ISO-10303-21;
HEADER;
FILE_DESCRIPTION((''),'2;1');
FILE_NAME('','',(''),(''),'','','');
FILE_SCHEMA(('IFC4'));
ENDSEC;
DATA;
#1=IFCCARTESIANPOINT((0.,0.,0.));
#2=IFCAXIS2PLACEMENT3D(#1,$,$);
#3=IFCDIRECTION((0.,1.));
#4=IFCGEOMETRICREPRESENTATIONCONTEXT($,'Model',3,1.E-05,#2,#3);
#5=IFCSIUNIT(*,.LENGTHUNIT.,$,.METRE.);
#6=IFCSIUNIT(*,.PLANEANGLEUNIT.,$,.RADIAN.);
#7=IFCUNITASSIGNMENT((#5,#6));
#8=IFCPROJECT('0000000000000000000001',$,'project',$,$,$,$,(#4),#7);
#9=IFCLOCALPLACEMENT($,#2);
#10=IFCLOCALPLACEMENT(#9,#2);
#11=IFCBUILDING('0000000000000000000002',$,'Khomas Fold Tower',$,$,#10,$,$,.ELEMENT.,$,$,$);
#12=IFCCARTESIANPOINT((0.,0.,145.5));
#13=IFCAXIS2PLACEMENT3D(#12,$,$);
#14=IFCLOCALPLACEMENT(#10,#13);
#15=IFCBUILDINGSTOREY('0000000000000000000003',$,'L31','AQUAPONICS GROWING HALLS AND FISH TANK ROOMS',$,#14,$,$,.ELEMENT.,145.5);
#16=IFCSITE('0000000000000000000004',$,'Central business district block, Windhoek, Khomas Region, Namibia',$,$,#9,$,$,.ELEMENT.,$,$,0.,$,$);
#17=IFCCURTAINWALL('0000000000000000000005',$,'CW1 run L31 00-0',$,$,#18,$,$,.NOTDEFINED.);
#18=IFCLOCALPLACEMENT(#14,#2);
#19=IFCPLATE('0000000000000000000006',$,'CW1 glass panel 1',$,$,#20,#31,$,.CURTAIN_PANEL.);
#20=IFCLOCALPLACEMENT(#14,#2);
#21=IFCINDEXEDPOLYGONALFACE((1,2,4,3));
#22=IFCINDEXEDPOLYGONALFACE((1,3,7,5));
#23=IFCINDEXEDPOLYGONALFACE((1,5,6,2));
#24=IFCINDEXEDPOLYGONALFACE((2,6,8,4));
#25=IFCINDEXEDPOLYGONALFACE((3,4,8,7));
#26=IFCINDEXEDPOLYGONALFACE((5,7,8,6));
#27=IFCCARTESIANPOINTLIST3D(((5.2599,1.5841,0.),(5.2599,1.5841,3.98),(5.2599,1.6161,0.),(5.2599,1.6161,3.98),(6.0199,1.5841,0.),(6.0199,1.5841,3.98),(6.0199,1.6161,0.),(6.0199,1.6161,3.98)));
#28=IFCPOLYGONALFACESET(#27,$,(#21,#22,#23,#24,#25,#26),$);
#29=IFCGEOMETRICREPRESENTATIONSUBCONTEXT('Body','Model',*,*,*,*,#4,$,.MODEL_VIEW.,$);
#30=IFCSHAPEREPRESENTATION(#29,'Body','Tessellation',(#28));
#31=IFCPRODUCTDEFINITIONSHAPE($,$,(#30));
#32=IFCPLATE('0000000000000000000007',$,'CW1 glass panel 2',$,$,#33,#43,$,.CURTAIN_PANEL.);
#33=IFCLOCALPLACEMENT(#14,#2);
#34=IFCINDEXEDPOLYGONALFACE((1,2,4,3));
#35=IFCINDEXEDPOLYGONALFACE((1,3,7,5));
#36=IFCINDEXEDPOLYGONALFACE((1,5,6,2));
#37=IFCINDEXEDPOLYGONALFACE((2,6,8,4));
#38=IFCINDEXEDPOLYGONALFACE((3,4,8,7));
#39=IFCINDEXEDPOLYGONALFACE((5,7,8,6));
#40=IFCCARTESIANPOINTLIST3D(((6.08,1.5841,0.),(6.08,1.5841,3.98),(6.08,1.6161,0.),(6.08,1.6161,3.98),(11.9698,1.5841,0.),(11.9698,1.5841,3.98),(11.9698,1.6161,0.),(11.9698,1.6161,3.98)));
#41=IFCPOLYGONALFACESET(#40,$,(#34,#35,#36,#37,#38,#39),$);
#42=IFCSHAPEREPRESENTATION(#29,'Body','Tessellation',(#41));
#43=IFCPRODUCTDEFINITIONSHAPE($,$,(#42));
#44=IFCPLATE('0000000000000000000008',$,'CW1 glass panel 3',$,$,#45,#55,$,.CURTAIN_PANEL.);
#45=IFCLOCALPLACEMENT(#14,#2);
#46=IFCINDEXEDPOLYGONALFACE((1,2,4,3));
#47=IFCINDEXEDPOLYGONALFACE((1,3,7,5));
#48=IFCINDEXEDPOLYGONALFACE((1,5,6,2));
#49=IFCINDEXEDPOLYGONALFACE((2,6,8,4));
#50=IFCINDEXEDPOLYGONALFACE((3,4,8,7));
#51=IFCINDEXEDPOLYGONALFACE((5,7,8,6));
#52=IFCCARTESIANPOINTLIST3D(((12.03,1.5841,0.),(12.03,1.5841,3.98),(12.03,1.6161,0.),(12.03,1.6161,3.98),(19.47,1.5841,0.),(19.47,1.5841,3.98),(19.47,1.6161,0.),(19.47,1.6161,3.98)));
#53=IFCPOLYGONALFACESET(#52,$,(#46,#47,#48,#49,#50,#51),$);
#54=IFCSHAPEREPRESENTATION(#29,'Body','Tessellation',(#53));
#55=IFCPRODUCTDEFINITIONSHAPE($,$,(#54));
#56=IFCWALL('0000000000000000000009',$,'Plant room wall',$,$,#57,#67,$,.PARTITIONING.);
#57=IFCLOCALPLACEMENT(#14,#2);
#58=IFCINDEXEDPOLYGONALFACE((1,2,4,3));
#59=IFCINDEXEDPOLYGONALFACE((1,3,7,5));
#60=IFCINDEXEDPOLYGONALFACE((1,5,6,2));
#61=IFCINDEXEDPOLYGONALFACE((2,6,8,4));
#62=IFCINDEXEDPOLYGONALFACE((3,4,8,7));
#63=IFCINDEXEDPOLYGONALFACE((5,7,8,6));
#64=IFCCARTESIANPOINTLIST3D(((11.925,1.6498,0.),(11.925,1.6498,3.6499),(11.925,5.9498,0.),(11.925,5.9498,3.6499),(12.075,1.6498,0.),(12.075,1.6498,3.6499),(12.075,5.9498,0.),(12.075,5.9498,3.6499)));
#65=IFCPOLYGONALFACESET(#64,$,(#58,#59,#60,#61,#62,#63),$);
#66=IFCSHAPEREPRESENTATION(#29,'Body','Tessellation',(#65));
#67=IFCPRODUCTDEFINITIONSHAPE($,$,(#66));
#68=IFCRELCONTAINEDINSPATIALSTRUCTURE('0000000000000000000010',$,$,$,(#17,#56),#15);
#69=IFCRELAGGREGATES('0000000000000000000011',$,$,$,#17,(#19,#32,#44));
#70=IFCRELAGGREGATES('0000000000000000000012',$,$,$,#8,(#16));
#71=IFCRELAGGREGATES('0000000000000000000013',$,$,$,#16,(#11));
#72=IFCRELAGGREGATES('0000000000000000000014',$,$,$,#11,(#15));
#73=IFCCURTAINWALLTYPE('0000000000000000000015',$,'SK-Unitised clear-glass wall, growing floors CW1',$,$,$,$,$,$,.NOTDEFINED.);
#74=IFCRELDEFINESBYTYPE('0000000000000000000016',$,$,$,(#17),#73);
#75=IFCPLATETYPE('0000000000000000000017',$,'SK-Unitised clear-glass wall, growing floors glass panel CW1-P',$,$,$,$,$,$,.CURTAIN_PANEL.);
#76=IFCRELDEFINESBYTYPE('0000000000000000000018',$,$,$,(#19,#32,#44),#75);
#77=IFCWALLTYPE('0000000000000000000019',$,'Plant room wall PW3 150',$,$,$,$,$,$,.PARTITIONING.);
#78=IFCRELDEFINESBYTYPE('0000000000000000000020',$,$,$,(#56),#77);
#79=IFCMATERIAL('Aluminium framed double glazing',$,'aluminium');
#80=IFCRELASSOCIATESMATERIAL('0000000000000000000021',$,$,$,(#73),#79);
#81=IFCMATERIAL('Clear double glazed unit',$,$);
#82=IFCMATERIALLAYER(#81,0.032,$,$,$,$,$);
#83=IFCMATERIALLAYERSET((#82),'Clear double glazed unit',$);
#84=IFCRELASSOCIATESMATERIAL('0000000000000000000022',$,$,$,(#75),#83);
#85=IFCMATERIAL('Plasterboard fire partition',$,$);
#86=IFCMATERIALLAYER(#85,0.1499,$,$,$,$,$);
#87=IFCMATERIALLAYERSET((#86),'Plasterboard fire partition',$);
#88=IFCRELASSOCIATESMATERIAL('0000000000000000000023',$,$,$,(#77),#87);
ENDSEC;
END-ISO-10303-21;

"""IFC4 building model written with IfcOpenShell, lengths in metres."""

from ifc_helpers import new_model, si_unit, direction, frame, frame_2d, origin, origin_2d, place, context, subcontext, project, spatial, rectangle, extrude, source, transform, mapped, material, layer, layer_set, type_object, element, aggregate, save


model = new_model("IFC4")

# Units and contexts
model_context = context("Model", 3, precision=1e-05, world=origin(), true_north=direction((0.0, 1.0)))
body_context = subcontext(model_context, "Body", "Model", "MODEL_VIEW")
ifc_project = project(units=[si_unit("LENGTHUNIT", "METRE"), si_unit("PLANEANGLEUNIT", "RADIAN")], contexts=[model_context])

# Site, building, storey
site_placement = place(None, origin())
site = spatial("IfcSite", under=ifc_project, at=site_placement, Name="Central business district block, Windhoek, Khomas Region, Namibia", CompositionType="ELEMENT", RefElevation=0.0)
building_placement = place(site_placement, origin())
building = spatial("IfcBuilding", under=site, at=building_placement, Name="Khomas Fold Tower", CompositionType="ELEMENT")
storey_placement = place(building_placement, frame((0.0, 0.0, 145.5)))
storey = spatial("IfcBuildingStorey", under=building, at=storey_placement, Name="L31", Description="AQUAPONICS GROWING HALLS AND FISH TANK ROOMS", CompositionType="ELEMENT", Elevation=145.5)

# Curtain wall
ifc_material_1 = material(Name="Aluminium framed double glazing", Category="aluminium")
curtain_wall_type = type_object("IfcCurtainWallType", Name="SK-Unitised clear-glass wall, growing floors CW1", PredefinedType="NOTDEFINED", material=ifc_material_1)
curtain_wall_1_placement = place(storey_placement, origin())
curtain_wall_1 = element("IfcCurtainWall", 1, at=curtain_wall_1_placement, inside=storey, type_object=curtain_wall_type, Name="CW1 run L31 00-0", PredefinedType="NOTDEFINED")

# Plates
ifc_material_2 = material(Name="Clear double glazed unit")
ifc_layer_1 = layer(ifc_material_2, 0.032)
ifc_layer_set_1 = layer_set([ifc_layer_1], Name="Clear double glazed unit")
plate_type = type_object("IfcPlateType", Name="SK-Unitised clear-glass wall, growing floors glass panel CW1-P", PredefinedType="CURTAIN_PANEL", material=ifc_layer_set_1)
shared_shape_1 = source(origin(), body_context, "Body", "SweptSolid", [
    extrude(rectangle(XDim=0.76, YDim=0.032, at=origin_2d()), origin(), (0.0, 0.0, 1.0), 3.98),
])
plate_1_placement = place(storey_placement, frame((5.6399, 1.6001, 0.0), z_axis=(0.0, 0.0, 1.0), x_axis=(1.0, 0.0, 0.0)))
plate_1 = element("IfcPlate", 2, at=plate_1_placement, type_object=plate_type, Name="CW1 glass panel 1", PredefinedType="CURTAIN_PANEL", context=body_context, shape_type="MappedRepresentation", body=[
    mapped(shared_shape_1, transform((0.0, 0.0, 0.0))),
])
shared_shape_2 = source(origin(), body_context, "Body", "SweptSolid", [
    extrude(rectangle(XDim=5.8899, YDim=0.032, at=origin_2d()), origin(), (0.0, 0.0, 1.0), 3.98),
])
plate_2_placement = place(storey_placement, frame((9.0249, 1.6001, 0.0), z_axis=(0.0, 0.0, 1.0), x_axis=(1.0, 0.0, 0.0)))
plate_2 = element("IfcPlate", 3, at=plate_2_placement, type_object=plate_type, Name="CW1 glass panel 2", PredefinedType="CURTAIN_PANEL", context=body_context, shape_type="MappedRepresentation", body=[
    mapped(shared_shape_2, transform((0.0, 0.0, 0.0))),
])
shared_shape_3 = source(origin(), body_context, "Body", "SweptSolid", [
    extrude(rectangle(XDim=7.4399, YDim=0.032, at=origin_2d()), origin(), (0.0, 0.0, 1.0), 3.98),
])
plate_3_placement = place(storey_placement, frame((15.75, 1.6001, 0.0), z_axis=(0.0, 0.0, 1.0), x_axis=(1.0, 0.0, 0.0)))
plate_3 = element("IfcPlate", 4, at=plate_3_placement, type_object=plate_type, Name="CW1 glass panel 3", PredefinedType="CURTAIN_PANEL", context=body_context, shape_type="MappedRepresentation", body=[
    mapped(shared_shape_3, transform((0.0, 0.0, 0.0))),
])
aggregate(curtain_wall_1, [plate_1, plate_2, plate_3])

# Wall
ifc_material_3 = material(Name="Plasterboard fire partition")
ifc_layer_2 = layer(ifc_material_3, 0.1499)
ifc_layer_set_2 = layer_set([ifc_layer_2], Name="Plasterboard fire partition")
wall_type = type_object("IfcWallType", Name="Plant room wall PW3 150", PredefinedType="PARTITIONING", material=ifc_layer_set_2)
shared_shape_4 = source(origin(), body_context, "Body", "SweptSolid", [
    extrude(rectangle(XDim=4.3, YDim=0.1499, at=frame_2d((2.1499, 0.0))), origin(), (0.0, 0.0, 1.0), 3.6499),
])
wall_placement = place(storey_placement, frame((12.0, 1.6499, 0.0), z_axis=(0.0, 0.0, 1.0), x_axis=(0.0, 1.0, 0.0)))
element("IfcWall", 5, at=wall_placement, inside=storey, type_object=wall_type, Name="Plant room wall", PredefinedType="PARTITIONING", context=body_context, shape_type="MappedRepresentation", body=[
    mapped(shared_shape_4, transform((0.0, 0.0, 0.0))),
])

save(model, "model.ifc")
